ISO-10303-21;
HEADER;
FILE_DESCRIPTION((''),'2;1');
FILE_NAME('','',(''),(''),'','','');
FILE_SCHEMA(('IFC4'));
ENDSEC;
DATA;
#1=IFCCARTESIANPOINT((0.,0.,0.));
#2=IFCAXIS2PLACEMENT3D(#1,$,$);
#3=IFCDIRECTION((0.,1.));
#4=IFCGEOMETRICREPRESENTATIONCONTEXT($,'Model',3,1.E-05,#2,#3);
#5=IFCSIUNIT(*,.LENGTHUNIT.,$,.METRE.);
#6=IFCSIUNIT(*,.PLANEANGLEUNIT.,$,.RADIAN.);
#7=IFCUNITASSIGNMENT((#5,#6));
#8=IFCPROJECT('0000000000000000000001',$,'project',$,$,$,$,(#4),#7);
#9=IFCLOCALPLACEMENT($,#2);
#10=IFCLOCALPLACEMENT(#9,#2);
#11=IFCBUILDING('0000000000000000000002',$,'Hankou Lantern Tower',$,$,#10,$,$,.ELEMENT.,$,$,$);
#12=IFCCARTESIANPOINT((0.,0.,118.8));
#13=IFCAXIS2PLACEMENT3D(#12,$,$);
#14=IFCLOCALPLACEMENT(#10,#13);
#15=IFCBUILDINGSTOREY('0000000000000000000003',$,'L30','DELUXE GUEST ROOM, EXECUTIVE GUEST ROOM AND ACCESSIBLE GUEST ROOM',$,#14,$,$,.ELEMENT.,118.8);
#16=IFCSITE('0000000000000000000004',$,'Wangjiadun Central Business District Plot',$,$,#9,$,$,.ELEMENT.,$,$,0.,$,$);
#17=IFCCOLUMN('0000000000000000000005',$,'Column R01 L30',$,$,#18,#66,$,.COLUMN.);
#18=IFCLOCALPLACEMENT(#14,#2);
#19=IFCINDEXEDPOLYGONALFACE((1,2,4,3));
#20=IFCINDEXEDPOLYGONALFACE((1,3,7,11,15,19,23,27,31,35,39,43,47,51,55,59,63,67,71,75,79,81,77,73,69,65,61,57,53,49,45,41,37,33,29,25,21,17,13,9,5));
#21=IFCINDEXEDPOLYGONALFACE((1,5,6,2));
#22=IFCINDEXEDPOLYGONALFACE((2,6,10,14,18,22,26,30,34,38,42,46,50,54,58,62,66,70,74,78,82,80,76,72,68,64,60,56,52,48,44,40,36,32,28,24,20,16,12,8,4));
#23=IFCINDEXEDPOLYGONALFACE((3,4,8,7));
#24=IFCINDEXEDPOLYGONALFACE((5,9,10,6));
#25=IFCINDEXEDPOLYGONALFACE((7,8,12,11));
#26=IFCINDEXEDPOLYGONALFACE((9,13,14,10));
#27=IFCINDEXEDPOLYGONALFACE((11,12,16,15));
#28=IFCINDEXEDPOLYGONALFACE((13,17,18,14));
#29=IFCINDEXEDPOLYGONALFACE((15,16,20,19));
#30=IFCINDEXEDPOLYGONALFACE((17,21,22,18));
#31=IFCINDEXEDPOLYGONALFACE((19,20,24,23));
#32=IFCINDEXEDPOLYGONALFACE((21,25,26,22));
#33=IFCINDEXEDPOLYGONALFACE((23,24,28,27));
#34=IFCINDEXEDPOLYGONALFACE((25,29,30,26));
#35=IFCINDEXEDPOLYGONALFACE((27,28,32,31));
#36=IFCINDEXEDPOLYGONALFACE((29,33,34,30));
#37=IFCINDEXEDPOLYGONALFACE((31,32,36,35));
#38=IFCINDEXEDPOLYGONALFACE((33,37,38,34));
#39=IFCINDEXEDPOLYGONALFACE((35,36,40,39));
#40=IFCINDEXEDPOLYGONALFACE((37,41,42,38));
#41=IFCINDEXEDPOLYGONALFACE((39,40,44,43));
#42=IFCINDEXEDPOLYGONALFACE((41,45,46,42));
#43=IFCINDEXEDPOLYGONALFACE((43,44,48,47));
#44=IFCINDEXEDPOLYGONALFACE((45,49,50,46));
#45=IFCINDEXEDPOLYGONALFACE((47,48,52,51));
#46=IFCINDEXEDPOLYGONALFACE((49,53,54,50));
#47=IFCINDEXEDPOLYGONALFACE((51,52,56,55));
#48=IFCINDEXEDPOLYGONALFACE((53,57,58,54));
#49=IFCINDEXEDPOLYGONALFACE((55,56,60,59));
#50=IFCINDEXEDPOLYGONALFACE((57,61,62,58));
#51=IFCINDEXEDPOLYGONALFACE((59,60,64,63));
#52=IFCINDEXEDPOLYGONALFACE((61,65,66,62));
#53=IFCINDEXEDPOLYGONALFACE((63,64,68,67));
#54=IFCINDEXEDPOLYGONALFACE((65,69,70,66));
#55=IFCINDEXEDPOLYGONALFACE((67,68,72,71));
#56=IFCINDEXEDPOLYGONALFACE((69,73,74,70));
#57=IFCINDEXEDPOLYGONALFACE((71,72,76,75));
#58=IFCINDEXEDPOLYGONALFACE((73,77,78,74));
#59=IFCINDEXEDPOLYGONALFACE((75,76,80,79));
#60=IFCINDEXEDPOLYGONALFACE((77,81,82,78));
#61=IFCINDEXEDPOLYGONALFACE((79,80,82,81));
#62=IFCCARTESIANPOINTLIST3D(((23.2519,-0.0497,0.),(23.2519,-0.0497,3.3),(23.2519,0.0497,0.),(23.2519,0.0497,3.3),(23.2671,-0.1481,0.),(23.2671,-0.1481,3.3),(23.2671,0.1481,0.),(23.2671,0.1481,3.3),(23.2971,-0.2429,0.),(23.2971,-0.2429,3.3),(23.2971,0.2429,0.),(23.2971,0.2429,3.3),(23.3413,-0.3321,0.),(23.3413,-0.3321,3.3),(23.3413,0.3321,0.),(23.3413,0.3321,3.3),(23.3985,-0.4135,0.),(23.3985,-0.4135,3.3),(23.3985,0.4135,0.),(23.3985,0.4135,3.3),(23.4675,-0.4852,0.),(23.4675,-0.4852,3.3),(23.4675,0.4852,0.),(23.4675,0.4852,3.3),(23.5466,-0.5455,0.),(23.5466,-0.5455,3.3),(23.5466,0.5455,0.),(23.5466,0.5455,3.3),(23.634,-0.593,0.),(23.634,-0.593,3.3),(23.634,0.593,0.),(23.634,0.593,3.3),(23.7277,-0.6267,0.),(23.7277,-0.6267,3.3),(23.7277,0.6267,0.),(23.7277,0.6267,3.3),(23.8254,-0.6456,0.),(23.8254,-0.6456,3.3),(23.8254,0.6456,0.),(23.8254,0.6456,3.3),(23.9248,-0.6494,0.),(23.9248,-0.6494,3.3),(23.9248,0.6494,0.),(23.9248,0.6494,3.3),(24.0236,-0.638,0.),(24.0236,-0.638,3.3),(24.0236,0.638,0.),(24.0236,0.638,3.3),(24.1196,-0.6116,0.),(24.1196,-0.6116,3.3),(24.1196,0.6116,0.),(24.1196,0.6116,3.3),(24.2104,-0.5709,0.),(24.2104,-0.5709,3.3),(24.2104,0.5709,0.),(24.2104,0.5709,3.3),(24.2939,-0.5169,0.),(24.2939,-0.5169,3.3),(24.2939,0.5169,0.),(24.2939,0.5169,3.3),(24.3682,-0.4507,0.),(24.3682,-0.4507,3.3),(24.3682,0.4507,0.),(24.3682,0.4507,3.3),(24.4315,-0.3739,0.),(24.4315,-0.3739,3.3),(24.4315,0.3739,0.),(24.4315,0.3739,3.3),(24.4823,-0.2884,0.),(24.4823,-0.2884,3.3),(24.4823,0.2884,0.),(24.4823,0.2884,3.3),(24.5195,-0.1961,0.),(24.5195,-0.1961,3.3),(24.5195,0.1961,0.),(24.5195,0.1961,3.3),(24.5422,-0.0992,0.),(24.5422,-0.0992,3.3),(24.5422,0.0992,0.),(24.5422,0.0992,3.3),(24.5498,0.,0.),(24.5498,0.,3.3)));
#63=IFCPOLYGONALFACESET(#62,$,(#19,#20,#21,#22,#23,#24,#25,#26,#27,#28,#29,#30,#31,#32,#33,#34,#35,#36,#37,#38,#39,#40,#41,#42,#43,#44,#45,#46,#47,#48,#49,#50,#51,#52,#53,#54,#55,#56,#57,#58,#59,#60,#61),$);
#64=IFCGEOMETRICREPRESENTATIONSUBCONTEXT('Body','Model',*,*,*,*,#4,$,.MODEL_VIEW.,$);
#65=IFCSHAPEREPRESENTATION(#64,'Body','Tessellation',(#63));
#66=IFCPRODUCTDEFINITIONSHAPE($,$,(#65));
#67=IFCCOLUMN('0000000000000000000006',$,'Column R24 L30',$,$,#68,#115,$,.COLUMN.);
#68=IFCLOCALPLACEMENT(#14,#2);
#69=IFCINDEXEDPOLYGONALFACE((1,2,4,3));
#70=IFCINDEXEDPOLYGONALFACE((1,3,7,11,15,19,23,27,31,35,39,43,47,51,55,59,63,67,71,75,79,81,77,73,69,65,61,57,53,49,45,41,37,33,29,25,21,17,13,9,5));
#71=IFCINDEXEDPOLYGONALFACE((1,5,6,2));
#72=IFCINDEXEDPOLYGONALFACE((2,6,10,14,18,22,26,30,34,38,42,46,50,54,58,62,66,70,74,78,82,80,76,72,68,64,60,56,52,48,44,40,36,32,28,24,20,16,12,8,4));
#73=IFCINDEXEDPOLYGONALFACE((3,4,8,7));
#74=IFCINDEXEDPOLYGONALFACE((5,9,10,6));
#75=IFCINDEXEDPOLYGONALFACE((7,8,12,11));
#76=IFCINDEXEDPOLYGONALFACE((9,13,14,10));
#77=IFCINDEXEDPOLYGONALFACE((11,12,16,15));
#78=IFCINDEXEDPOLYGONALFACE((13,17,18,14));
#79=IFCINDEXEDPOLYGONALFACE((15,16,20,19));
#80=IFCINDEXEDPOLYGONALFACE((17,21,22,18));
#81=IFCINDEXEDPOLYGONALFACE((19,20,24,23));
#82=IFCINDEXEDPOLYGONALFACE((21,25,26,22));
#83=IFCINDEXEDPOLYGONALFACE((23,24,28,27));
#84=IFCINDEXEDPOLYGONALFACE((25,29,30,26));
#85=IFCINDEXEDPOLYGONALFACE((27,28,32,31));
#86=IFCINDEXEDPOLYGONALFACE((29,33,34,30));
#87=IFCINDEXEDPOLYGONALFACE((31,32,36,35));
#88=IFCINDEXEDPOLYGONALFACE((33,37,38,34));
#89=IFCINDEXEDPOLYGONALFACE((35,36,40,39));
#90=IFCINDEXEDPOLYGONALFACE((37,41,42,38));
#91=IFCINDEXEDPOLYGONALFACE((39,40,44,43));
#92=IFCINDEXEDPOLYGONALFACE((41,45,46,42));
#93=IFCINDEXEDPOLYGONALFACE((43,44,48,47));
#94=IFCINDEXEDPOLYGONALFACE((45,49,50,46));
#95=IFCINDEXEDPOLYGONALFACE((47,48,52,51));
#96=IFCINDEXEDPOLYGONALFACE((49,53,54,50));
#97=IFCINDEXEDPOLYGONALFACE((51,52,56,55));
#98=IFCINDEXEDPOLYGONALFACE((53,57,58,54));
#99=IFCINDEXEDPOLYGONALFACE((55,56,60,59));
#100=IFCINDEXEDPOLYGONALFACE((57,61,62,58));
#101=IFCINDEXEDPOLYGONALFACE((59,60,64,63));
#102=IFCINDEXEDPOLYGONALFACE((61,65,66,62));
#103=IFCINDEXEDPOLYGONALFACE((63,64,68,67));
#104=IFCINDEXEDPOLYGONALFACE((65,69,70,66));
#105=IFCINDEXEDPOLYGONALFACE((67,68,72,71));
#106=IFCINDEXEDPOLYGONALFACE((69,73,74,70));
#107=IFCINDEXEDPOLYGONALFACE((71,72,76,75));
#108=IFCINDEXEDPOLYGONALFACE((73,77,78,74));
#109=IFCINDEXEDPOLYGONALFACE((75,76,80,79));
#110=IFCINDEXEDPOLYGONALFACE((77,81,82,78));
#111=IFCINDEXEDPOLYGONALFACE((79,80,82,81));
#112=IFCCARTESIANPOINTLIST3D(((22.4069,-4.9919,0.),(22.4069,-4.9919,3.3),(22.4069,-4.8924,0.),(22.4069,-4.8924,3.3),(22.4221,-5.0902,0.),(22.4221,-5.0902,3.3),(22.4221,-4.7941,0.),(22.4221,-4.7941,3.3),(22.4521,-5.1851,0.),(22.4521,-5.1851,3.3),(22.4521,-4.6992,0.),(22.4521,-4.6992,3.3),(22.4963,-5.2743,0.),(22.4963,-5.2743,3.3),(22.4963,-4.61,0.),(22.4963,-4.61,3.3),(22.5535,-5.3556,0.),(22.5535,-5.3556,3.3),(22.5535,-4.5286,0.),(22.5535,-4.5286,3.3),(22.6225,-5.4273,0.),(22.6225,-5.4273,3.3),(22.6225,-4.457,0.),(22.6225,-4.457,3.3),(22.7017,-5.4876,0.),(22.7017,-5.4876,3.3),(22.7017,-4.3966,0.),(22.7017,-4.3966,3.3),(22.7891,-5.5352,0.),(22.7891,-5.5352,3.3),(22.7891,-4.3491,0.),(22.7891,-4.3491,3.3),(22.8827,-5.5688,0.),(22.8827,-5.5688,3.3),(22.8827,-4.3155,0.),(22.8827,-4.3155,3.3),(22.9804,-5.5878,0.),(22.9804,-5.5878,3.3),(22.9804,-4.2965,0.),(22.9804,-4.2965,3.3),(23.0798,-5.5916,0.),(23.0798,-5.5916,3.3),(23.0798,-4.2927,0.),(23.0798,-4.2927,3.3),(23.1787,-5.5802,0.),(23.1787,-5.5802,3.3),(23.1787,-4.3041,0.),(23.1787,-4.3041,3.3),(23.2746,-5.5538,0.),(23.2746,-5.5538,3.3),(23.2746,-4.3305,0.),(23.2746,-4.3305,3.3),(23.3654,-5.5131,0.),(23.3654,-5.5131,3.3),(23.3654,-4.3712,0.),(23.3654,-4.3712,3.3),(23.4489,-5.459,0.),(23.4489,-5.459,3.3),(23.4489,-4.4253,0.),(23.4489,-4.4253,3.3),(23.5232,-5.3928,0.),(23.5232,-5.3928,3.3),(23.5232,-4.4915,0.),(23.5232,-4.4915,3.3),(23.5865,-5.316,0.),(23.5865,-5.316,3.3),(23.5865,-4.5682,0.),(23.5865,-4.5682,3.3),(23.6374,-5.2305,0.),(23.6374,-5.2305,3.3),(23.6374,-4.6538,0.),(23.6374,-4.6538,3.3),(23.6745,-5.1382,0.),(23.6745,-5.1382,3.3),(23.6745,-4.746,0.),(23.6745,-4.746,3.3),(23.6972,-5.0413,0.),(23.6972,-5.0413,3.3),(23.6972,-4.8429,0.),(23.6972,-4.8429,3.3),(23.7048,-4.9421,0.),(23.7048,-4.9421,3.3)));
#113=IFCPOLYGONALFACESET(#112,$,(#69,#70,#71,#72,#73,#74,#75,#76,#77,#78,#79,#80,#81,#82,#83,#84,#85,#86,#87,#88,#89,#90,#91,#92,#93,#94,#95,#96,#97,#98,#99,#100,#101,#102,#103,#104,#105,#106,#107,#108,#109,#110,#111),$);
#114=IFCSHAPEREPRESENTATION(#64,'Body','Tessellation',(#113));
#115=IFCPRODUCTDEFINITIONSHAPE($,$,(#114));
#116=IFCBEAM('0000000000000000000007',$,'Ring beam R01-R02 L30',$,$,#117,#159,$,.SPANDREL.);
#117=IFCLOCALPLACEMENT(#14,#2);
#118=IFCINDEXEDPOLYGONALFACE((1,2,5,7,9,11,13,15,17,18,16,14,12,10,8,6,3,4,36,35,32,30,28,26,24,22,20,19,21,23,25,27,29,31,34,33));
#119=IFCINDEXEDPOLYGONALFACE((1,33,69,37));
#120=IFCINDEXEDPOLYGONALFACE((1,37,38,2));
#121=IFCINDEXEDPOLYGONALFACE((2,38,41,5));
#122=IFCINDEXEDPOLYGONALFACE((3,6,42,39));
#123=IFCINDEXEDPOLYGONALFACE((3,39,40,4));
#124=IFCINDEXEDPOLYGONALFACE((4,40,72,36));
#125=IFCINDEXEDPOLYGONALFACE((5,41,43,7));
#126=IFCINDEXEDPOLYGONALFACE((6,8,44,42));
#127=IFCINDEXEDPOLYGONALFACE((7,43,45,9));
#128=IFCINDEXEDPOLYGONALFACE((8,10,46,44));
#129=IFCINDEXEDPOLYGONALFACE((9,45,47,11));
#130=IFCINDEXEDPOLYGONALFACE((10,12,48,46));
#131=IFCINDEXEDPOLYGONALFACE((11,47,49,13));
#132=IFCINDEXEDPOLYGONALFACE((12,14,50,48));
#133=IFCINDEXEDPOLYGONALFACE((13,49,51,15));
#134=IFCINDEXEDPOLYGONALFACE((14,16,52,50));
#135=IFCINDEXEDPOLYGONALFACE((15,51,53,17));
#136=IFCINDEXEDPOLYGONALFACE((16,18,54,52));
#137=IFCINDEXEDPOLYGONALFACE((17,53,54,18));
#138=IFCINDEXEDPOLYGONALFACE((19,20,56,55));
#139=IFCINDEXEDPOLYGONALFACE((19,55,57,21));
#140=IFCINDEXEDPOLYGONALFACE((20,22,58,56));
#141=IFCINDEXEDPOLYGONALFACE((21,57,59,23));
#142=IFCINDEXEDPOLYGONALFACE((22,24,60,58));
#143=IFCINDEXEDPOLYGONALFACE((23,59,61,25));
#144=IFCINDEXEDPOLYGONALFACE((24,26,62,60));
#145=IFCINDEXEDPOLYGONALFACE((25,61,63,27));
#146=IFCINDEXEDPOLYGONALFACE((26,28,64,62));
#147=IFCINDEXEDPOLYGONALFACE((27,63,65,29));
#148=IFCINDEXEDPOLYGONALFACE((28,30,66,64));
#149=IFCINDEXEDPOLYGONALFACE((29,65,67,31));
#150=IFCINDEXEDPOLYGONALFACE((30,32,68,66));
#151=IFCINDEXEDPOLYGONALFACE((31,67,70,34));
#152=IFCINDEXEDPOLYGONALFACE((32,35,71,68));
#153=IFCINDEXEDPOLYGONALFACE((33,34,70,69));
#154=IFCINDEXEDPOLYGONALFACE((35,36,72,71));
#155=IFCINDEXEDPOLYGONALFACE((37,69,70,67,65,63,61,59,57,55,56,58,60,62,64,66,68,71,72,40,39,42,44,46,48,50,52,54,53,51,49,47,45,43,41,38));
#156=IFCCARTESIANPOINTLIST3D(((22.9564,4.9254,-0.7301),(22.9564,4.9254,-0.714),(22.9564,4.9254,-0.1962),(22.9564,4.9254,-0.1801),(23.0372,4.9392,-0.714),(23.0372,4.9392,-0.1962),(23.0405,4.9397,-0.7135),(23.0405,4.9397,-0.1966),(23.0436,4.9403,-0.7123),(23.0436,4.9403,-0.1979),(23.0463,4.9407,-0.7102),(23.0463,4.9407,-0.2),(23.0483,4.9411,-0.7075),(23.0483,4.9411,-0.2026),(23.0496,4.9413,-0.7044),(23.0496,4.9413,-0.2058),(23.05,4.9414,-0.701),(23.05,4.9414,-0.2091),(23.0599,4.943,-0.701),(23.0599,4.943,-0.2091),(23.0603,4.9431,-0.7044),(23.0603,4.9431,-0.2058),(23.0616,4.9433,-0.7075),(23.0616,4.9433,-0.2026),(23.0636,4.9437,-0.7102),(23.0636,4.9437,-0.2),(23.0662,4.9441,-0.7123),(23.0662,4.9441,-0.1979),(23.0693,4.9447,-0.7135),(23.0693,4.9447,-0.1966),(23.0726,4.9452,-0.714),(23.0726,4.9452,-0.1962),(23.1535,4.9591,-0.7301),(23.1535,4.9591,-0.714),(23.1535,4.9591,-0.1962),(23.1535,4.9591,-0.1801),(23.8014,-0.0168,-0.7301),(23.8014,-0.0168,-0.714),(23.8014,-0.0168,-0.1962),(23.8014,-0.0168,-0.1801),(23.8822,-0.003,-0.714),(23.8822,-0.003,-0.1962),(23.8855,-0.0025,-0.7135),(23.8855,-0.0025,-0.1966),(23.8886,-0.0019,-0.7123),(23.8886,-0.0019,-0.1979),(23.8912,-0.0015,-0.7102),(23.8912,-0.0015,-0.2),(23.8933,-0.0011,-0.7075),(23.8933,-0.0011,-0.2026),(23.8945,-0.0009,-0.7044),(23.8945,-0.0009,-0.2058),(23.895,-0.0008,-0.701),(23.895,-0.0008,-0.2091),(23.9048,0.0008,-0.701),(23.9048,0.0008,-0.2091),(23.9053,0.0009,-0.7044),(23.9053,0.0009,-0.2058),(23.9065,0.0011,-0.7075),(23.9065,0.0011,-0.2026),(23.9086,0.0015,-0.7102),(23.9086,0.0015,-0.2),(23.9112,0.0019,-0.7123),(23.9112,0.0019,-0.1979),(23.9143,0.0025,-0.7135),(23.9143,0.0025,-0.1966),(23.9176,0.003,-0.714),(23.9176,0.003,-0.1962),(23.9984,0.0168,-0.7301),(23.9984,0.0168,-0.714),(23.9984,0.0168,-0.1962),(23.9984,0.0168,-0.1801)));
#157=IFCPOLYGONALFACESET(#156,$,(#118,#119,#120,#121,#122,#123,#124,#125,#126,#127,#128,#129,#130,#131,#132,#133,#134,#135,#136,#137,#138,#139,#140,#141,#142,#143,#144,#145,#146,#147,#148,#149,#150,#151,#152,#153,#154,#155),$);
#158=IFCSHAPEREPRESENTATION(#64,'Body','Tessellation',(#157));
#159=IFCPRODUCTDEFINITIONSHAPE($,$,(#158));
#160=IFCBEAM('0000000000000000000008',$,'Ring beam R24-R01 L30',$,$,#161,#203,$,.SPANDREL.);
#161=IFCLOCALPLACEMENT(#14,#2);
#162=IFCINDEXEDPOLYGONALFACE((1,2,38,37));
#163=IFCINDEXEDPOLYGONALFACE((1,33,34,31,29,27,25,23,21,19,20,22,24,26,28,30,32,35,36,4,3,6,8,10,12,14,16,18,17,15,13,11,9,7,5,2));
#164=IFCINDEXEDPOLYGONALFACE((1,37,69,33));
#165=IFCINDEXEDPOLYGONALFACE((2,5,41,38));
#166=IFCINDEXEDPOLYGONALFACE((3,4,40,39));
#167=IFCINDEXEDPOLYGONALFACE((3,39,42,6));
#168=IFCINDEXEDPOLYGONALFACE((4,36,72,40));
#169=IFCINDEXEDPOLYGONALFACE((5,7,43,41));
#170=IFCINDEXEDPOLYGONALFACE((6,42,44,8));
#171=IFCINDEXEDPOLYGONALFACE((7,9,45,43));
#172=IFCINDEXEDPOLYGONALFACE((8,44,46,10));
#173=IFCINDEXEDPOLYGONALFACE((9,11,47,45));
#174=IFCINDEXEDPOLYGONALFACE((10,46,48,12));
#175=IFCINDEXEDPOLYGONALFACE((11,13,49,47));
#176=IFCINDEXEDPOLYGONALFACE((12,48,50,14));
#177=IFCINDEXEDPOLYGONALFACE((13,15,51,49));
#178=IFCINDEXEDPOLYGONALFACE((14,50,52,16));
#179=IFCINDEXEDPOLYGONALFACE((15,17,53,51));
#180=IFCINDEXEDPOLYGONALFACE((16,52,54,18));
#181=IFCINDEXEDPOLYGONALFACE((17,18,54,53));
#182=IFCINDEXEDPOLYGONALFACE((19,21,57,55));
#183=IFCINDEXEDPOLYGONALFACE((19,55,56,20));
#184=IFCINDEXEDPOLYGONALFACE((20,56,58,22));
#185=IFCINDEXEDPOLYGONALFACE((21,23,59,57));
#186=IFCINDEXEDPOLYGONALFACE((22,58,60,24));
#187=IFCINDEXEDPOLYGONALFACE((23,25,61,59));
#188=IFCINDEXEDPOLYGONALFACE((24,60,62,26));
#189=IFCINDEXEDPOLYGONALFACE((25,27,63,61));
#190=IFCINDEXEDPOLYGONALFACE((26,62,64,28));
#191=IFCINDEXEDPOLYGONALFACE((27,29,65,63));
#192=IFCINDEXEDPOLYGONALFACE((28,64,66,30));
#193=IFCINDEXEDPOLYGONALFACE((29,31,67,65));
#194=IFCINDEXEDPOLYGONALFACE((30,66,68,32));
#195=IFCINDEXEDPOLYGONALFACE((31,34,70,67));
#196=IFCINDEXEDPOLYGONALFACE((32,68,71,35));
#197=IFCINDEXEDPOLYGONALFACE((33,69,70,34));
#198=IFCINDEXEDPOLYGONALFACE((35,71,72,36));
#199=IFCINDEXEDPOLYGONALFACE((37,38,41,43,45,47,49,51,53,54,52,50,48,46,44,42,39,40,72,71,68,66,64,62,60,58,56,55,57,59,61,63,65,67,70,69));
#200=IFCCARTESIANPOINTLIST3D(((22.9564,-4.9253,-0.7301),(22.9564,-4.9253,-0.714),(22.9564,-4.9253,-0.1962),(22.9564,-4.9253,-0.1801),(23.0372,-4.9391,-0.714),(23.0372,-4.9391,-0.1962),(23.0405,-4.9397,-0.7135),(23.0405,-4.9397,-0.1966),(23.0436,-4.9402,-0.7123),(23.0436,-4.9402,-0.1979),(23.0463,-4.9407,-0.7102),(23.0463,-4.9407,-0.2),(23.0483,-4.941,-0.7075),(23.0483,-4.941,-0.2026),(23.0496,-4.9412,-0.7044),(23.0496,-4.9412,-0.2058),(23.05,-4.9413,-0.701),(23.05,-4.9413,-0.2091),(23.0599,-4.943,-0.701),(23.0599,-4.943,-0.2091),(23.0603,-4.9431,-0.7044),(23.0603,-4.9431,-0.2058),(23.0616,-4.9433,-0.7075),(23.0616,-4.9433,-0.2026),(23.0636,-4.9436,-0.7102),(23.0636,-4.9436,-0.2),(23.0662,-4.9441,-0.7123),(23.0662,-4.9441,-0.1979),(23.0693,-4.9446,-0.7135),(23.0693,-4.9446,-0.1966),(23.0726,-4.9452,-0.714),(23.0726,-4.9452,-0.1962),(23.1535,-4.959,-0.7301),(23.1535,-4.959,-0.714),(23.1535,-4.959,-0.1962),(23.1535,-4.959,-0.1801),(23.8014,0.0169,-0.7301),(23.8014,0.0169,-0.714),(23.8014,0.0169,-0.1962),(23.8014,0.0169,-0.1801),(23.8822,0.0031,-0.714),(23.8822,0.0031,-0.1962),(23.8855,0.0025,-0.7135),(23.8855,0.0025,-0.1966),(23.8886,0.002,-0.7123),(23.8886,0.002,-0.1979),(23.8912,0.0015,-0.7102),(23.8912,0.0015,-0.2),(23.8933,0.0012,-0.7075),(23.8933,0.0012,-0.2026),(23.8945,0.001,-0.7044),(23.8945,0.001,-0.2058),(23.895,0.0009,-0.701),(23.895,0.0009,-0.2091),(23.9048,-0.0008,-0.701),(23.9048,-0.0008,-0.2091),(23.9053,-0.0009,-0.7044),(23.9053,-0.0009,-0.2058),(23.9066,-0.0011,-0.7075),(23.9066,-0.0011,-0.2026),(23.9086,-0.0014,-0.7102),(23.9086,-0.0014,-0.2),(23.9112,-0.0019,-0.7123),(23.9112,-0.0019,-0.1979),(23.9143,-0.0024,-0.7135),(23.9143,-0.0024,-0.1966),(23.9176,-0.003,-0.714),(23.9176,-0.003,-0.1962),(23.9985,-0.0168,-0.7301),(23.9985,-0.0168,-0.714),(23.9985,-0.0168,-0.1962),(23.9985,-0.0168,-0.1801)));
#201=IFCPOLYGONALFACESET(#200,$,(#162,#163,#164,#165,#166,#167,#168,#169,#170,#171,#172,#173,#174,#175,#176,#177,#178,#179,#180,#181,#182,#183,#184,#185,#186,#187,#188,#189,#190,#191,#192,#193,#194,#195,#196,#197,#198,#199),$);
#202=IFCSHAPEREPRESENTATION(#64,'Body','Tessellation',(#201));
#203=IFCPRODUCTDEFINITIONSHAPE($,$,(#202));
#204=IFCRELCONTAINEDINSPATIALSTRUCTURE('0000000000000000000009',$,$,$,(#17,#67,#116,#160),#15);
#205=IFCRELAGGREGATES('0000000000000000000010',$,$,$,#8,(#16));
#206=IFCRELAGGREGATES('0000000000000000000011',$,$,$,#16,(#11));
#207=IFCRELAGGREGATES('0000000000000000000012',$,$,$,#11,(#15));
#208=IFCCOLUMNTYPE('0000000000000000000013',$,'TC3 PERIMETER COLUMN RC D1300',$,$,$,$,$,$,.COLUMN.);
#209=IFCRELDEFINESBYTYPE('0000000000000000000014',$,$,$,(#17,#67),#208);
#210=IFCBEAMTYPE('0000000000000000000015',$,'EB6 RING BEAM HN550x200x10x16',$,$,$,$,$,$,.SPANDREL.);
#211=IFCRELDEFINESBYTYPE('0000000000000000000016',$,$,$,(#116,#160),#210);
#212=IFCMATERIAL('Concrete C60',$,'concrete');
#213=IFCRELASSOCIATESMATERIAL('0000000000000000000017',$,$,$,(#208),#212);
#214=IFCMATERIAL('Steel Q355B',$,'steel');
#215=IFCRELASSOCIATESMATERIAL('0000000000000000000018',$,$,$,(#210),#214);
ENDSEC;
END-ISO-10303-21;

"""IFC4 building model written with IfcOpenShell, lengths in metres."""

from ifc_helpers import new_model, si_unit, direction, frame, origin, origin_2d, place, context, subcontext, project, spatial, circle, i_section, extrude, material, material_profile, profile_set, type_object, element, save


model = new_model("IFC4")

# Units and contexts
model_context = context("Model", 3, precision=1e-05, world=origin(), true_north=direction((0.0, 1.0)))
body_context = subcontext(model_context, "Body", "Model", "MODEL_VIEW")
ifc_project = project(units=[si_unit("LENGTHUNIT", "METRE"), si_unit("PLANEANGLEUNIT", "RADIAN")], contexts=[model_context])

# Site, building, storey
site_placement = place(None, origin())
site = spatial("IfcSite", under=ifc_project, at=site_placement, Name="Wangjiadun Central Business District Plot", CompositionType="ELEMENT", RefElevation=0.0)
building_placement = place(site_placement, origin())
building = spatial("IfcBuilding", under=site, at=building_placement, Name="Hankou Lantern Tower", CompositionType="ELEMENT")
storey_placement = place(building_placement, frame((0.0, 0.0, 118.8)))
storey = spatial("IfcBuildingStorey", under=building, at=storey_placement, Name="L30", Description="DELUXE GUEST ROOM, EXECUTIVE GUEST ROOM AND ACCESSIBLE GUEST ROOM", CompositionType="ELEMENT", Elevation=118.8)

# Columns
ifc_material_1 = material(Name="Concrete C60", Category="concrete")
ifc_material_profile_1 = material_profile(ifc_material_1, circle(Radius=0.6499, at=origin_2d()), Name="RC D1300")
ifc_profile_set_1 = profile_set([ifc_material_profile_1], Name="Concrete C60")
column_type = type_object("IfcColumnType", Name="TC3 PERIMETER COLUMN RC D1300", PredefinedType="COLUMN", material=ifc_profile_set_1)
for number, where, z_axis, x_axis, name in (
    (1, (23.8999, 0.0, 0.0), (0.0, 0.0, 1.0), (1.0, 0.0, 0.0), "Column R01 L30"),
    (2, (23.0549, -4.9421, 0.0), (0.0, 0.0, 1.0), (1.0, 0.0, 0.0), "Column R24 L30"),
):
    element("IfcColumn", number, at=place(storey_placement, frame(where, z_axis=z_axis, x_axis=x_axis)), inside=storey, type_object=column_type, Name=name, PredefinedType="COLUMN", context=body_context, shape_type="SweptSolid", body=[
        extrude(circle(Radius=0.6499, at=origin_2d()), origin(), (0.0, 0.0, 1.0), 3.3),
    ])

# Beams
ifc_material_2 = material(Name="Steel Q355B", Category="steel")
ifc_material_profile_2 = material_profile(ifc_material_2, i_section(OverallWidth=0.2, OverallDepth=0.55, WebThickness=0.01, FlangeThickness=0.0161, FilletRadius=0.0129, at=origin_2d()), Name="HN550x200x10x16")
ifc_profile_set_2 = profile_set([ifc_material_profile_2], Name="Steel Q355B")
beam_type_1 = type_object("IfcBeamType", Name="EB6 RING BEAM HN550x200x10x16", PredefinedType="SPANDREL", material=ifc_profile_set_2)
for number, where, z_axis, x_axis, name in (
    (3, (23.8999, 0.0, -0.4551), (-0.168527, 0.985697, 0.0), (-0.985697, -0.168527, 0.0), "Ring beam R01-R02 L30"),
    (4, (23.0549, -4.9421, -0.4551), (0.168527, 0.985697, 0.0), (-0.985697, 0.168527, 0.0), "Ring beam R24-R01 L30"),
):
    element("IfcBeam", number, at=place(storey_placement, frame(where, z_axis=z_axis, x_axis=x_axis)), inside=storey, type_object=beam_type_1, Name=name, PredefinedType="SPANDREL", context=body_context, shape_type="SweptSolid", body=[
        extrude(i_section(OverallWidth=0.2, OverallDepth=0.55, WebThickness=0.01, FlangeThickness=0.0161, FilletRadius=0.0129, at=origin_2d()), origin(), (0.0, 0.0, 1.0), 5.0139),
    ])

save(model, "model.ifc")
